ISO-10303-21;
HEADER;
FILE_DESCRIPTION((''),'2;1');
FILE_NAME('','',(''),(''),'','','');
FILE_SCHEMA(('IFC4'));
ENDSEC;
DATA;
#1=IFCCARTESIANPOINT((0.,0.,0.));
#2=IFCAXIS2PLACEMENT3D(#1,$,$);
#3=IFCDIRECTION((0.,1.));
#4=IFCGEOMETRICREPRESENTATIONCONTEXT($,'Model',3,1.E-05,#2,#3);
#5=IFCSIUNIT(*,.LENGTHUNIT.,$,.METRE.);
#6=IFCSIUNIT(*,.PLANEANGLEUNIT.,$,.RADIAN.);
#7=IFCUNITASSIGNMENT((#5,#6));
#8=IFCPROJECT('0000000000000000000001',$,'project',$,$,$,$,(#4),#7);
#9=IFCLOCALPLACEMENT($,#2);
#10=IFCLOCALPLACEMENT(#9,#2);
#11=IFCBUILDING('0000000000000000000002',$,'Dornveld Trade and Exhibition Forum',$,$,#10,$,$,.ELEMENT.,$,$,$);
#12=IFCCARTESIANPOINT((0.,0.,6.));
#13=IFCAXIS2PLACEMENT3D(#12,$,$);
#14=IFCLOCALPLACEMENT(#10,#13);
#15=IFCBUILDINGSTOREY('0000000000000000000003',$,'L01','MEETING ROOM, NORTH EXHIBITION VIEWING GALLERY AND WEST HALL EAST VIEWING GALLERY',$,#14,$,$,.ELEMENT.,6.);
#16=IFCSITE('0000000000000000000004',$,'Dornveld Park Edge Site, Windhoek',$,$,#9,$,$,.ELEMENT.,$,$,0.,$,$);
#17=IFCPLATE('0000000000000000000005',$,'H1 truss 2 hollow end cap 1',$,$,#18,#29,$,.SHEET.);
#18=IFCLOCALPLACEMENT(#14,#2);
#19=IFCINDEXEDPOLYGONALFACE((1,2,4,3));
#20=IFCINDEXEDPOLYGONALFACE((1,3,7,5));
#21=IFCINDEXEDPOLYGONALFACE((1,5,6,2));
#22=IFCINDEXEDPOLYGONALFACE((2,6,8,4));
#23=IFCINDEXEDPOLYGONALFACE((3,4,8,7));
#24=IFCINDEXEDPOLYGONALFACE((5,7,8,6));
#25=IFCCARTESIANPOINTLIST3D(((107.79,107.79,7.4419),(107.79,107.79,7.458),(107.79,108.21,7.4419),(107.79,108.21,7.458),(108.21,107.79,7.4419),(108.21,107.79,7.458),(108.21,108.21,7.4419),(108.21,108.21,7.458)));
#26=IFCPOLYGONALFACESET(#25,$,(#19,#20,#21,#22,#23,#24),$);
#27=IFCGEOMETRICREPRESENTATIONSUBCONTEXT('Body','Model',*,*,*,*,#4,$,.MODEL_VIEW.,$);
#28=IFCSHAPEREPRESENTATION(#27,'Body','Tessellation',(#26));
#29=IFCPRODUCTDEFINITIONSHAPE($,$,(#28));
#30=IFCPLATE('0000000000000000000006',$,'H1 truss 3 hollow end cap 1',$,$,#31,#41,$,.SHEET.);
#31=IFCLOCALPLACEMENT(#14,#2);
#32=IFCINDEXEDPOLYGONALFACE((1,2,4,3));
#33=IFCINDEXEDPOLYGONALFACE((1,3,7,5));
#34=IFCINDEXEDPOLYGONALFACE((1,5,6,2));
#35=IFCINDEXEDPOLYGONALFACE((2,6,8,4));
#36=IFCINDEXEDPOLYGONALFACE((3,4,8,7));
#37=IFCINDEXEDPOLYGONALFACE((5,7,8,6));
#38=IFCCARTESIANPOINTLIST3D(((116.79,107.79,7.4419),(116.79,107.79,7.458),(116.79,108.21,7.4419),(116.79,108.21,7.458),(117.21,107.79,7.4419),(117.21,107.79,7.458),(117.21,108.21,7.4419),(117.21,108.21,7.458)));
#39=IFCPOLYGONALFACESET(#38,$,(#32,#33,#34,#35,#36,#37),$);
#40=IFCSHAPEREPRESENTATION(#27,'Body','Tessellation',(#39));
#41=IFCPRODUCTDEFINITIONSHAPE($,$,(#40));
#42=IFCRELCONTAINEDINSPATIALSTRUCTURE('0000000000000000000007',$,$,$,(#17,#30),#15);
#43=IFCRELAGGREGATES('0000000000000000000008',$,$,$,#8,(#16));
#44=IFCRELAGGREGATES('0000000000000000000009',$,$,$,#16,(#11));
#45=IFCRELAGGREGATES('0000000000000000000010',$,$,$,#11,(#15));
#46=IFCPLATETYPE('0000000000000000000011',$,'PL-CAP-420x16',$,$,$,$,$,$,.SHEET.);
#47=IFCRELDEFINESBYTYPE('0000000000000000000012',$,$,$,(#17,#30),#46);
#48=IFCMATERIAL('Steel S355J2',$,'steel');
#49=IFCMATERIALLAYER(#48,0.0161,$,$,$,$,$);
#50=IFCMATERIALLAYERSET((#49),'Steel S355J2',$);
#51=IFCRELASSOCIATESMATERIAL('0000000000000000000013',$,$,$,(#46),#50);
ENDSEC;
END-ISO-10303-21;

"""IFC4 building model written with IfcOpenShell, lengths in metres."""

from ifc_helpers import new_model, si_unit, direction, frame, origin, origin_2d, place, context, subcontext, project, spatial, rectangle, extrude, material, layer, layer_set, type_object, element, save


model = new_model("IFC4")

# Units and contexts
model_context = context("Model", 3, precision=1e-05, world=origin(), true_north=direction((0.0, 1.0)))
body_context = subcontext(model_context, "Body", "Model", "MODEL_VIEW")
ifc_project = project(units=[si_unit("LENGTHUNIT", "METRE"), si_unit("PLANEANGLEUNIT", "RADIAN")], contexts=[model_context])

# Site, building, storey
site_placement = place(None, origin())
site = spatial("IfcSite", under=ifc_project, at=site_placement, Name="Dornveld Park Edge Site, Windhoek", CompositionType="ELEMENT", RefElevation=0.0)
building_placement = place(site_placement, origin())
building = spatial("IfcBuilding", under=site, at=building_placement, Name="Dornveld Trade and Exhibition Forum", CompositionType="ELEMENT")
storey_placement = place(building_placement, frame((0.0, 0.0, 6.0)))
storey = spatial("IfcBuildingStorey", under=building, at=storey_placement, Name="L01", Description="MEETING ROOM, NORTH EXHIBITION VIEWING GALLERY AND WEST HALL EAST VIEWING GALLERY", CompositionType="ELEMENT", Elevation=6.0)

# Plates
ifc_material_1 = material(Name="Steel S355J2", Category="steel")
ifc_layer = layer(ifc_material_1, 0.0161)
ifc_layer_set = layer_set([ifc_layer], Name="Steel S355J2")
plate_type = type_object("IfcPlateType", Name="PL-CAP-420x16", PredefinedType="SHEET", material=ifc_layer_set)
for number, where, z_axis, x_axis, name in (
    (1, (108.0, 108.0, 7.4419), (0.0, 0.0, 1.0), (1.0, 0.0, 0.0), "H1 truss 2 hollow end cap 1"),
    (2, (117.0, 108.0, 7.4419), (0.0, 0.0, 1.0), (1.0, 0.0, 0.0), "H1 truss 3 hollow end cap 1"),
):
    element("IfcPlate", number, at=place(storey_placement, frame(where, z_axis=z_axis, x_axis=x_axis)), inside=storey, type_object=plate_type, Name=name, PredefinedType="SHEET", context=body_context, shape_type="SweptSolid", body=[
        extrude(rectangle(XDim=0.4199, YDim=0.4199, at=origin_2d()), origin(), (0.0, 0.0, 1.0), 0.0161),
    ])

save(model, "model.ifc")
